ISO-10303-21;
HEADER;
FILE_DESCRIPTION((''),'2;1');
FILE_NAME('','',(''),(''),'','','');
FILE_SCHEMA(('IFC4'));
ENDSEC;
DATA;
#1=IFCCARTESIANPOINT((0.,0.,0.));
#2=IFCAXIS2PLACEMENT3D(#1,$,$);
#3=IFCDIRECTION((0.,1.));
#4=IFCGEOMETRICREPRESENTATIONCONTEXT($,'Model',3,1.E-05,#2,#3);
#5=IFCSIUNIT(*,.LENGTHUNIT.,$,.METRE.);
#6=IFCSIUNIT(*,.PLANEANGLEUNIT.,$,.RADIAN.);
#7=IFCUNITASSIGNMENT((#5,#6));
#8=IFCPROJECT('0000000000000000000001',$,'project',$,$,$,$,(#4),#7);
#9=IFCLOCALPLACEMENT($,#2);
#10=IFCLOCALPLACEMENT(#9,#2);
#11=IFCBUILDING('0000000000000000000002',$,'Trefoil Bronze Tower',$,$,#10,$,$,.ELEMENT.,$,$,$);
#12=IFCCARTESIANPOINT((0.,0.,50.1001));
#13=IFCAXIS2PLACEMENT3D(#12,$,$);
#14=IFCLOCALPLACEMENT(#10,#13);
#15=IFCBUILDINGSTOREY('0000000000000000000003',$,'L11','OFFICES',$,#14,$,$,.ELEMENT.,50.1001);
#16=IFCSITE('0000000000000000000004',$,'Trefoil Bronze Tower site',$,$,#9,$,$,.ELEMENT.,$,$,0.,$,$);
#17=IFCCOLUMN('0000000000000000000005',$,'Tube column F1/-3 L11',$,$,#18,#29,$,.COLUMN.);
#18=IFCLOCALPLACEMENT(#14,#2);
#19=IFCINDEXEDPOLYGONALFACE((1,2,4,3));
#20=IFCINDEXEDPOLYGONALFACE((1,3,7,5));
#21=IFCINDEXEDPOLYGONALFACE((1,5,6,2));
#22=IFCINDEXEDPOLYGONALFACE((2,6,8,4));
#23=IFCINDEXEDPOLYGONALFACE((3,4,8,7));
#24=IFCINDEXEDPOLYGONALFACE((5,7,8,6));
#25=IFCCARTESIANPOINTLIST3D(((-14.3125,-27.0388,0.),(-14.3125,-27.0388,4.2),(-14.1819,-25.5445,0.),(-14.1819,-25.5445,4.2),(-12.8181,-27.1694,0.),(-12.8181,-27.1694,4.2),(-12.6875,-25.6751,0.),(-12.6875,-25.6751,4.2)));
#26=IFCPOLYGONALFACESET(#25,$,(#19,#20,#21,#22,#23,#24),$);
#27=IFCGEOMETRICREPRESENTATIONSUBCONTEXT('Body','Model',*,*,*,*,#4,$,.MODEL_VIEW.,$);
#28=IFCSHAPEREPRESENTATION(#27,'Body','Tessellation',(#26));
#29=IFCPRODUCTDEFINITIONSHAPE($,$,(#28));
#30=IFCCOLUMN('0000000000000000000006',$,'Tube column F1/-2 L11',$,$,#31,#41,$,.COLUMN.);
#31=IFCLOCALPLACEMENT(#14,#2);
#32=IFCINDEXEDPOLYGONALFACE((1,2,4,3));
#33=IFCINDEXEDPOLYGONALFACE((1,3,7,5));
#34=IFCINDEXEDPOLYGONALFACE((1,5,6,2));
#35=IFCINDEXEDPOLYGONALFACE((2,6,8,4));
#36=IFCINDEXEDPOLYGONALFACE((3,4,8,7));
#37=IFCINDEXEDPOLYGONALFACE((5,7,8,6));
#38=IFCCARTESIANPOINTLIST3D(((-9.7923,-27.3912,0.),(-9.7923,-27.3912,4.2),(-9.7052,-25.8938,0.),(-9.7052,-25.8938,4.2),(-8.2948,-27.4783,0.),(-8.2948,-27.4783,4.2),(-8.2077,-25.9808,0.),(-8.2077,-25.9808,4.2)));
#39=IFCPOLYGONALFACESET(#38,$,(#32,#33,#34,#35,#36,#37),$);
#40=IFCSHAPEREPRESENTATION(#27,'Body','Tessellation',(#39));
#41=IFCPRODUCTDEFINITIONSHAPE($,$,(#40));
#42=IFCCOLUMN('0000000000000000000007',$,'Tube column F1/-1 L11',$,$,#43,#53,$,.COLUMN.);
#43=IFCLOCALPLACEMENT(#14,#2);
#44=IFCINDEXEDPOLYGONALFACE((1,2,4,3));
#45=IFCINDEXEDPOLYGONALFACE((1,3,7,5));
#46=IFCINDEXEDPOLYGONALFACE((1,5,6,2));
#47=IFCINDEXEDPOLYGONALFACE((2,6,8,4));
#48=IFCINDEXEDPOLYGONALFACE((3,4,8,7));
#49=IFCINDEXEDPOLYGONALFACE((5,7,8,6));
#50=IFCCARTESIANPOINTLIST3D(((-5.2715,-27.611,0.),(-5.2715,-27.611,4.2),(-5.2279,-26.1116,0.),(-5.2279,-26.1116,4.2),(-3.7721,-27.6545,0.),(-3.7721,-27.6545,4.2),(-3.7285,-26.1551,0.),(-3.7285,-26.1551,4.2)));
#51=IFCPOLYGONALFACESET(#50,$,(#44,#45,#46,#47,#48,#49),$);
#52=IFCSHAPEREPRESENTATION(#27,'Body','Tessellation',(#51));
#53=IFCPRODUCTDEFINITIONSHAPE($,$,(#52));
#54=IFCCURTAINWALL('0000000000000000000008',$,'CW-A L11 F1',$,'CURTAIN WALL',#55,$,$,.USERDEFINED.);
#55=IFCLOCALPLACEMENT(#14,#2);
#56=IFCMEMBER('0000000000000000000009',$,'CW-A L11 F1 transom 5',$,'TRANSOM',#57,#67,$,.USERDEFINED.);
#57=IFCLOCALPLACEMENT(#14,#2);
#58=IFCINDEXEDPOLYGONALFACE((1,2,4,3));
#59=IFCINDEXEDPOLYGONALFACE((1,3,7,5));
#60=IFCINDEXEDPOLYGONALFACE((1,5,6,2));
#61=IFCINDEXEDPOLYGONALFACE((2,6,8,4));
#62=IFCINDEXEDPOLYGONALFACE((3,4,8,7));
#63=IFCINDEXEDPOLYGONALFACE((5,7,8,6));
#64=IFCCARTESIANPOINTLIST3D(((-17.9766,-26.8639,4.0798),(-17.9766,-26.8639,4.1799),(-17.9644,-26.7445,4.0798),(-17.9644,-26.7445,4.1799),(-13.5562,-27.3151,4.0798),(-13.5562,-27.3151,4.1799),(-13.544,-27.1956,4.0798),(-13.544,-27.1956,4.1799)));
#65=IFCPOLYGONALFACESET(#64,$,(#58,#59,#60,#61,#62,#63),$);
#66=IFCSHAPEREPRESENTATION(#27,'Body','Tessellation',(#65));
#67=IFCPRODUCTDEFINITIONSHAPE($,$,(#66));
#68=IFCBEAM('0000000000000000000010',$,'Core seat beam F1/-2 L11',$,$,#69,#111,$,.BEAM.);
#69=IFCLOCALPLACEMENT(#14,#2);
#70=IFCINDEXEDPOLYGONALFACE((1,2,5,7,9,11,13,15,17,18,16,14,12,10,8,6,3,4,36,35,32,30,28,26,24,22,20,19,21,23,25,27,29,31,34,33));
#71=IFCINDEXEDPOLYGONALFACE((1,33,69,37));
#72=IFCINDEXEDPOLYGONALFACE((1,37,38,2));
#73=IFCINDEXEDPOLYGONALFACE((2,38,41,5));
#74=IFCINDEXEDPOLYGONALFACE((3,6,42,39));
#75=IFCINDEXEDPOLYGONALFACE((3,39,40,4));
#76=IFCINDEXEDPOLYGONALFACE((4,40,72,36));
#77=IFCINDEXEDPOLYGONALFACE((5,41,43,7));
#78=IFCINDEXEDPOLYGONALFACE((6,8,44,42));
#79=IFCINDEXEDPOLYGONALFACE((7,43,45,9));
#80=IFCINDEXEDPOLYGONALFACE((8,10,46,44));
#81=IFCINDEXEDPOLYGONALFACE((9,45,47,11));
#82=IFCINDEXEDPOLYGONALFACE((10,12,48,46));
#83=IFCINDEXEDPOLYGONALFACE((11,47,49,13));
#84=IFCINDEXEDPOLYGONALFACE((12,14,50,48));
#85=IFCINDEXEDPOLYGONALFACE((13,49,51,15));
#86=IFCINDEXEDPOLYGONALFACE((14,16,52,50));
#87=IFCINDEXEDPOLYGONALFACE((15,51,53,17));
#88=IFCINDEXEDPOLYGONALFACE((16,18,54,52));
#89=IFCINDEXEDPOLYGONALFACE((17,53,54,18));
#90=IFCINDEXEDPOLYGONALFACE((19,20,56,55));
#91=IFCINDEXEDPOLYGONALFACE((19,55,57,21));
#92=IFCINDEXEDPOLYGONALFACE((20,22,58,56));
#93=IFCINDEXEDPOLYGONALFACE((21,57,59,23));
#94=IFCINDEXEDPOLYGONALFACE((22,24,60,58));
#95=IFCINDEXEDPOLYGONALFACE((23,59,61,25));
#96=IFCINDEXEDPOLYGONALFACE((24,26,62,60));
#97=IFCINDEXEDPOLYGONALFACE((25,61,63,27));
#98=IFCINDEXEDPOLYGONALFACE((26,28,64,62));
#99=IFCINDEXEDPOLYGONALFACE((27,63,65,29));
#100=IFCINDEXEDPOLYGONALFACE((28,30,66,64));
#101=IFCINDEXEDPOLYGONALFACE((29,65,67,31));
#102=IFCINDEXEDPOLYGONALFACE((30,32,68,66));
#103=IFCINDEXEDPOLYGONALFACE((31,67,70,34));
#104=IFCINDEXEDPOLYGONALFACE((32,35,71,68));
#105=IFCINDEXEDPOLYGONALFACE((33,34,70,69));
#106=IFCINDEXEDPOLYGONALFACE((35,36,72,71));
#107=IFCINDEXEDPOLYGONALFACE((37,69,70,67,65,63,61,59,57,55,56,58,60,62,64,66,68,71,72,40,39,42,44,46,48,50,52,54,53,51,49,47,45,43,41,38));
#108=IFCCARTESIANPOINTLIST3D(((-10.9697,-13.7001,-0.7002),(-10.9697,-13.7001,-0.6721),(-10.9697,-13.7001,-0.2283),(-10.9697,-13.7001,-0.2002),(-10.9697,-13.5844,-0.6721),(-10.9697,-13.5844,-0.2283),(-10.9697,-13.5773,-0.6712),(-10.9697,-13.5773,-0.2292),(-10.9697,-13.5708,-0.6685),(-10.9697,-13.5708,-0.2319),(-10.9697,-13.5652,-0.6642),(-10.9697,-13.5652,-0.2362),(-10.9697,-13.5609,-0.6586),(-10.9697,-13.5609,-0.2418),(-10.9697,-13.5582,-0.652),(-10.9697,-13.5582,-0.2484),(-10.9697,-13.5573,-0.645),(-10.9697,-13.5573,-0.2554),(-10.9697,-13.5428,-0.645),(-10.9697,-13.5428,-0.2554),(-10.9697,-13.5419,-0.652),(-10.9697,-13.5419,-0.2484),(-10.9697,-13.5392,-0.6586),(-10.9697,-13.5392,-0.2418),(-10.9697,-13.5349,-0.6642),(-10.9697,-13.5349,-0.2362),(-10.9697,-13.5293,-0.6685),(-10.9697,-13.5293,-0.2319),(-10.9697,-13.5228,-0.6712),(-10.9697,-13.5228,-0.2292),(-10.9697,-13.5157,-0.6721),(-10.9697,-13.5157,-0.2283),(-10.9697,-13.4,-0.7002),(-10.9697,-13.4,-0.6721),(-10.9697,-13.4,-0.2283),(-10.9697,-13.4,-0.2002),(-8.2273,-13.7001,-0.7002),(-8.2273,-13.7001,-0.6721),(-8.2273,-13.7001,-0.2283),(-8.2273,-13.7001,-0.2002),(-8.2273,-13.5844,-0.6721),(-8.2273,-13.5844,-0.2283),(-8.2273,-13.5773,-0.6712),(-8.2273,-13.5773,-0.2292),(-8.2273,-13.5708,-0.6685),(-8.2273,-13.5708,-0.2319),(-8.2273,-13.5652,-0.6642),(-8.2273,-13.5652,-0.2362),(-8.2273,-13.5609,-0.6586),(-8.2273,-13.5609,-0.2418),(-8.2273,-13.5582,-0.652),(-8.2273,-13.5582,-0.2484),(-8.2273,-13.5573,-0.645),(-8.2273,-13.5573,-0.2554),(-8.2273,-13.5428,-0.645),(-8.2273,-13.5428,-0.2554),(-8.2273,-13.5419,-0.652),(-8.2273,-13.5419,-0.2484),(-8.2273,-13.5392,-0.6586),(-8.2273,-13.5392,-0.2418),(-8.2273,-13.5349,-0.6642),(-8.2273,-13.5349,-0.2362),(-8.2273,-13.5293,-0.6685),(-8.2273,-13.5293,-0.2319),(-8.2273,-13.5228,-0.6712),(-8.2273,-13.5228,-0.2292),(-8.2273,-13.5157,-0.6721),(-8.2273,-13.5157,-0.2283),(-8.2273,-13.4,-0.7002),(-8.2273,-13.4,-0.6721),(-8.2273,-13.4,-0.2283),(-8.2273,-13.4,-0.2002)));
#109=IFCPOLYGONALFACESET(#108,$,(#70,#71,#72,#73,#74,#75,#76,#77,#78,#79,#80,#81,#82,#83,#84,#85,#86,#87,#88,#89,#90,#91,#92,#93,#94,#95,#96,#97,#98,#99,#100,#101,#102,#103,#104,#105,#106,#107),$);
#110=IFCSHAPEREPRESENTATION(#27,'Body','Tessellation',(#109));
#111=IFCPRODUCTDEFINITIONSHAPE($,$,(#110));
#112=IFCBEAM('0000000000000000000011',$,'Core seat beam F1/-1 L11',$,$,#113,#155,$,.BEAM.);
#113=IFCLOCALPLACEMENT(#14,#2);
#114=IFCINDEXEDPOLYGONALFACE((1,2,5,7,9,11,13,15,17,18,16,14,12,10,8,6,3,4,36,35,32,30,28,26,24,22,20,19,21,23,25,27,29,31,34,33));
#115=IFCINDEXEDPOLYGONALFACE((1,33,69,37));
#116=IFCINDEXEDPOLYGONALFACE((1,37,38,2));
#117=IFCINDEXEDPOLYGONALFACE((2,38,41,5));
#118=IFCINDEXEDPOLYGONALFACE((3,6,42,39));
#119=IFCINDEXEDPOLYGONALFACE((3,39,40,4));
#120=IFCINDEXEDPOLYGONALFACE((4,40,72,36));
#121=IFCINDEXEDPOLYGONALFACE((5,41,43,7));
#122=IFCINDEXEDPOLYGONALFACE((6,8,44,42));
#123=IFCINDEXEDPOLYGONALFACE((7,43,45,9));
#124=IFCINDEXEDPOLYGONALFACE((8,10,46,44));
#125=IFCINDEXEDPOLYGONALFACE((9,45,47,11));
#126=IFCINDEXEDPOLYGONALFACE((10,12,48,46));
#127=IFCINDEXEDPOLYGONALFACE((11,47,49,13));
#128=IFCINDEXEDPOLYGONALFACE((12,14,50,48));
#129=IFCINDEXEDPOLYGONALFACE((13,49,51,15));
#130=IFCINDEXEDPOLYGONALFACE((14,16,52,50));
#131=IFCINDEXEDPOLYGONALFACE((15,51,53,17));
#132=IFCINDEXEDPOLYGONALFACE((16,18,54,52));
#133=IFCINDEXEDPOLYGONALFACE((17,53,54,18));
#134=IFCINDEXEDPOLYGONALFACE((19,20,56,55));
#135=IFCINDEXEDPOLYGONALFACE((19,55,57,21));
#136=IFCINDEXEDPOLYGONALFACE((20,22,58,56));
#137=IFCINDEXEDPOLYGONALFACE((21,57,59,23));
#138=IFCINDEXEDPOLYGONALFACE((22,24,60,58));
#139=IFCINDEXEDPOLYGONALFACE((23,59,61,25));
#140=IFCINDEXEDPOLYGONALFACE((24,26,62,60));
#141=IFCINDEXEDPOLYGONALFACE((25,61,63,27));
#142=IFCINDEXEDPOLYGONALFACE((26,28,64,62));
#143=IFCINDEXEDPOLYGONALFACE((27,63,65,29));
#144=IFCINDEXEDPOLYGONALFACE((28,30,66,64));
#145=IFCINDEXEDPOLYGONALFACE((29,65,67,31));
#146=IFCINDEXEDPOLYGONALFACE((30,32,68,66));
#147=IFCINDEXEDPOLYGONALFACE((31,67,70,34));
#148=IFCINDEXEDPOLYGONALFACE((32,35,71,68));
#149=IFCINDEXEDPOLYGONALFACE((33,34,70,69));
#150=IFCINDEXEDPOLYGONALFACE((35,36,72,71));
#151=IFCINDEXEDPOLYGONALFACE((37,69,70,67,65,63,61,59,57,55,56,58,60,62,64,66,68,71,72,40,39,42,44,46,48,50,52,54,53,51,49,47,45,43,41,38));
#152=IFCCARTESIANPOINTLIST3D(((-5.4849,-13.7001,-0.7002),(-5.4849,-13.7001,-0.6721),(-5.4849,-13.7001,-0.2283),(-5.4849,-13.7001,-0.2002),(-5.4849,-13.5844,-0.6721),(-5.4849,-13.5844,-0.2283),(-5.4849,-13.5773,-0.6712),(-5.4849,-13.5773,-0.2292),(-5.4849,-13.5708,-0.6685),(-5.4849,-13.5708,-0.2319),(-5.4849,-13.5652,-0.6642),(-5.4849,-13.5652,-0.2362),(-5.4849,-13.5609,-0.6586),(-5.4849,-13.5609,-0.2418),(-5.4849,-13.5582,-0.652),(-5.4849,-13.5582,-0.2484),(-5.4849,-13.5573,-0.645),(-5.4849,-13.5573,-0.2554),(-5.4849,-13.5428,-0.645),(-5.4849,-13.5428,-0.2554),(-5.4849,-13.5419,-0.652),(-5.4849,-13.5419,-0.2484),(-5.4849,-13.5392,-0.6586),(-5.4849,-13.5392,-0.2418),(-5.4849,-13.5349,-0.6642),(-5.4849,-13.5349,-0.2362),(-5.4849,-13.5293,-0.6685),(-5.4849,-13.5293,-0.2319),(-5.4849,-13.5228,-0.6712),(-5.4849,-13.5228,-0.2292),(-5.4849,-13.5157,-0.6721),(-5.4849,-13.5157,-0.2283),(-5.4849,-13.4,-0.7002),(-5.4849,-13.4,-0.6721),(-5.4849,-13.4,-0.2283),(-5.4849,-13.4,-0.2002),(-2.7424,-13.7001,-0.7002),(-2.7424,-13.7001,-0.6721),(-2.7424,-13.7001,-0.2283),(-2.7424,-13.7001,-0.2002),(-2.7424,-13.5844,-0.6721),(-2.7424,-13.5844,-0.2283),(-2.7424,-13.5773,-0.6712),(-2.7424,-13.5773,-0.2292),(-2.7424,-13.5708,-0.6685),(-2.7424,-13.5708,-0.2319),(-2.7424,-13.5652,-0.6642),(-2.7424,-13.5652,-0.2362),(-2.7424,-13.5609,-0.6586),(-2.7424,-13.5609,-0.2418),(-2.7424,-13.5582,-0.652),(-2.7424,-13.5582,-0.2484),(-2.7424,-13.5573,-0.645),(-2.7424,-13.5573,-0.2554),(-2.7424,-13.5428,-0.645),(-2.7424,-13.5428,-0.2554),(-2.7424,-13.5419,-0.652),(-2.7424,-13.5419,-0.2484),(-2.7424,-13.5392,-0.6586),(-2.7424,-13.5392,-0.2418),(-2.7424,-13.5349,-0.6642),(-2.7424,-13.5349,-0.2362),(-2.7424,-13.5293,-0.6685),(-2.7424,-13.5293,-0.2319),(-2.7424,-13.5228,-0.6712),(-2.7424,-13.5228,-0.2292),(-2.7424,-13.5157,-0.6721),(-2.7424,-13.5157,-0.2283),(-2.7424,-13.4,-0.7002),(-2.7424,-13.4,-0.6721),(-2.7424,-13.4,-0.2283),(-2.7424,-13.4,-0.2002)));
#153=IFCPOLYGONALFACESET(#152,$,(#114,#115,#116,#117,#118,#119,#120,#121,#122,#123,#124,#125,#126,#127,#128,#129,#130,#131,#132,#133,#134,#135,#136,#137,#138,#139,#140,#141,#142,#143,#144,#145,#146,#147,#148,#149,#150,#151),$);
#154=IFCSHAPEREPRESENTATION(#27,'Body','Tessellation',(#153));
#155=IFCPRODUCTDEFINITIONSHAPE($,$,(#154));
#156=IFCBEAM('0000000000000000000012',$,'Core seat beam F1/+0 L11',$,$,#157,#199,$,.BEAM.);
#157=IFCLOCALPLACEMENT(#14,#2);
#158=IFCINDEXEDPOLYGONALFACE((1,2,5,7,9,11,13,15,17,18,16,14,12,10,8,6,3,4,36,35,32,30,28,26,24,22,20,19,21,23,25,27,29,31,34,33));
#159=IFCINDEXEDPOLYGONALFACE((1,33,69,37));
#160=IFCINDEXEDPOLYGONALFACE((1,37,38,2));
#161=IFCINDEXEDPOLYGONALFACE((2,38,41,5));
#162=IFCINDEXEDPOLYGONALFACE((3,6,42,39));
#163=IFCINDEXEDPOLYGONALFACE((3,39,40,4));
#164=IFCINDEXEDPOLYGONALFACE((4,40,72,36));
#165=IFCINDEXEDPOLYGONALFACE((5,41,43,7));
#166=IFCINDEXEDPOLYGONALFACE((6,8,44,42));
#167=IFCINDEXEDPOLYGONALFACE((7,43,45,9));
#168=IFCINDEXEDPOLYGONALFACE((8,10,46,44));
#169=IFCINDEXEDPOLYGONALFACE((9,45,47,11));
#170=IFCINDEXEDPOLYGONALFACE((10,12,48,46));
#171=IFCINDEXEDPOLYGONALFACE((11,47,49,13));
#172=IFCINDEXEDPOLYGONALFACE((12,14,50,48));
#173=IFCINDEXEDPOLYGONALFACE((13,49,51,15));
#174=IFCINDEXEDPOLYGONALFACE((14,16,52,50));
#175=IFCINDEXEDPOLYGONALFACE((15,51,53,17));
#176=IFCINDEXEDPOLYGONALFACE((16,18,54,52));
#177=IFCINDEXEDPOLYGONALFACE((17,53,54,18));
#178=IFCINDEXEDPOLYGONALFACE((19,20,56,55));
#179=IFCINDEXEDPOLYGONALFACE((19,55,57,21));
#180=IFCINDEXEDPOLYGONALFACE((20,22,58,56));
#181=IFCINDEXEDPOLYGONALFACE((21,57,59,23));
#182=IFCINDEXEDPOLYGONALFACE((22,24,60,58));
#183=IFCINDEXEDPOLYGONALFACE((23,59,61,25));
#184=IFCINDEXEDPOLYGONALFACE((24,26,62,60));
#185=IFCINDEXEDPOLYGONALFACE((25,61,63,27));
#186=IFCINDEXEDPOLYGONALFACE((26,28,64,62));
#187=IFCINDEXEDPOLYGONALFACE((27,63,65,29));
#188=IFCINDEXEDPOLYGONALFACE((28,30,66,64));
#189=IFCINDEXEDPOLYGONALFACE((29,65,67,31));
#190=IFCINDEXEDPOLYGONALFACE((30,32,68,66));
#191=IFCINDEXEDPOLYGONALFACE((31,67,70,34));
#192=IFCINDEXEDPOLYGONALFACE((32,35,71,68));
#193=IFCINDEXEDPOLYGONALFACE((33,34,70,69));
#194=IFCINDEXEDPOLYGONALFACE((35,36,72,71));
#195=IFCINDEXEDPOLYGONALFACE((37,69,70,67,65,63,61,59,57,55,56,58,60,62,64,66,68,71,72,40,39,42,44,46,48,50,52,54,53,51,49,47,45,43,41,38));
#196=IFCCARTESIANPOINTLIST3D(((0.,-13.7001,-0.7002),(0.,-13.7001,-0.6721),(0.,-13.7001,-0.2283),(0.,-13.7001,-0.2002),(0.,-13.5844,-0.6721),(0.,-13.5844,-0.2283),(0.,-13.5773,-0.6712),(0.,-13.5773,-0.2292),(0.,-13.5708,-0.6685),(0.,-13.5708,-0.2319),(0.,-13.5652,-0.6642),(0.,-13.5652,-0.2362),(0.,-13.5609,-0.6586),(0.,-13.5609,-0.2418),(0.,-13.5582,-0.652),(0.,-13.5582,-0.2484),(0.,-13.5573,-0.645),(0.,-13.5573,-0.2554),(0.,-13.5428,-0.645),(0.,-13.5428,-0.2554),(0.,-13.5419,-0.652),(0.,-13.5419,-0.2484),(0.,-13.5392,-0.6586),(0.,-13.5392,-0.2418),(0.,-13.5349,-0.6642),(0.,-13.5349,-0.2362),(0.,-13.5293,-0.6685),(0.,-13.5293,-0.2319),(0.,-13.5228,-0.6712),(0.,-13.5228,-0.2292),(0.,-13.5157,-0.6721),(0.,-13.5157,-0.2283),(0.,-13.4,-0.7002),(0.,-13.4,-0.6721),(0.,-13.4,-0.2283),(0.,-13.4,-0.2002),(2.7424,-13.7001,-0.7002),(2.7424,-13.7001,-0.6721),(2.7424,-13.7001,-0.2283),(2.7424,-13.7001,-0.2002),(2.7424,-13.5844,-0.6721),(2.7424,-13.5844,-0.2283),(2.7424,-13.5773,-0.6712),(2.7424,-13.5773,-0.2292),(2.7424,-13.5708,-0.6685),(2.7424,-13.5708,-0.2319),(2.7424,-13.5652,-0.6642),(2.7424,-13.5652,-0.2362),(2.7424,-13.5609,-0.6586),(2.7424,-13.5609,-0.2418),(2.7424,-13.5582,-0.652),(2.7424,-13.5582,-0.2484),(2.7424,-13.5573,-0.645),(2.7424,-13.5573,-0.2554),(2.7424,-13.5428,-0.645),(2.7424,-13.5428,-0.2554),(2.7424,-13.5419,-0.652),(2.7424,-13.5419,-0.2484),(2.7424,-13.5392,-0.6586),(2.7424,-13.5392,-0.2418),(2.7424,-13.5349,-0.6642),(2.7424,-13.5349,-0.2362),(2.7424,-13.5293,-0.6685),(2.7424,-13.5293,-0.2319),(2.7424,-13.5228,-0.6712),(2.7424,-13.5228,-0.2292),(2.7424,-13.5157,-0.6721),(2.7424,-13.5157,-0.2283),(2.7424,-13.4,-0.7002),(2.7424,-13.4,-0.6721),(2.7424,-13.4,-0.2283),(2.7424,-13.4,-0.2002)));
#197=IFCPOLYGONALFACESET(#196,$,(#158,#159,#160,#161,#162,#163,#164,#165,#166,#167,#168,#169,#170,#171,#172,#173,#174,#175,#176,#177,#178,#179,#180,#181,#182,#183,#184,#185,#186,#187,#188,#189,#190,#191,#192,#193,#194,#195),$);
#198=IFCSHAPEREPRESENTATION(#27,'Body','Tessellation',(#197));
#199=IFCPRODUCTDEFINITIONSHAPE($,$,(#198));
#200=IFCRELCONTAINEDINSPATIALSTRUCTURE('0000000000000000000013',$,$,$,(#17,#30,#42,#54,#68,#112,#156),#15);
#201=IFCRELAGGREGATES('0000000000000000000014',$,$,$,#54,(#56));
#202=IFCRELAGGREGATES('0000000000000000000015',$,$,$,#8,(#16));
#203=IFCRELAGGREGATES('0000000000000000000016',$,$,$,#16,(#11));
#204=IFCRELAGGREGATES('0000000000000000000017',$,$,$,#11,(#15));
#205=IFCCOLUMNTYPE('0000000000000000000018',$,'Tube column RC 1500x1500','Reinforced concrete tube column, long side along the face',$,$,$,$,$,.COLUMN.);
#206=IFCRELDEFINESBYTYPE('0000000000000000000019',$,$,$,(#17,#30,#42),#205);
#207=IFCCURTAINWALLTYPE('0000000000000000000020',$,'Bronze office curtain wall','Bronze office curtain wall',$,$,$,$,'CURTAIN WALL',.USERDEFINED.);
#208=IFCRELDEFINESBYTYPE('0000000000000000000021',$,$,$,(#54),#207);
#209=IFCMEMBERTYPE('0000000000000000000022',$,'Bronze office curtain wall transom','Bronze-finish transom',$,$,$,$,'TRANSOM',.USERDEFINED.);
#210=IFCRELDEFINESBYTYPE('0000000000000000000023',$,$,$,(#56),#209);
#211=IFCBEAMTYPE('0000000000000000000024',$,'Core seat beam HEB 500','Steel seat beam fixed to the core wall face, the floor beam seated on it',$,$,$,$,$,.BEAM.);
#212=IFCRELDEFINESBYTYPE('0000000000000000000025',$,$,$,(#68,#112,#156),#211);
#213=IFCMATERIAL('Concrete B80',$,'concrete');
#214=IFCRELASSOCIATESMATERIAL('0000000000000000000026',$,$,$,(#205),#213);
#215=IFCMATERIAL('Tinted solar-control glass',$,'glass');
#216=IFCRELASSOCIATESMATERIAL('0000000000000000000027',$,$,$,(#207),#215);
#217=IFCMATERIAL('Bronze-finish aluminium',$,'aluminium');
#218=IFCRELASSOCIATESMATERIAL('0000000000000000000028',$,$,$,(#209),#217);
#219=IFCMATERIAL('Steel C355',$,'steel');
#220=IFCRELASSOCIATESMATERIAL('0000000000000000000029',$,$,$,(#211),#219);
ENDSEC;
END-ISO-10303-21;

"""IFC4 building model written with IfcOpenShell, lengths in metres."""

from ifc_helpers import new_model, si_unit, direction, frame, origin, origin_2d, place, context, subcontext, project, spatial, rectangle, i_section, extrude, material, material_profile, profile_set, type_object, element, aggregate, save


model = new_model("IFC4")

# Units and contexts
model_context = context("Model", 3, precision=1e-05, world=origin(), true_north=direction((0.0, 1.0)))
body_context = subcontext(model_context, "Body", "Model", "MODEL_VIEW")
ifc_project = project(units=[si_unit("LENGTHUNIT", "METRE"), si_unit("PLANEANGLEUNIT", "RADIAN")], contexts=[model_context])

# Site, building, storey
site_placement = place(None, origin())
site = spatial("IfcSite", under=ifc_project, at=site_placement, Name="Trefoil Bronze Tower site", CompositionType="ELEMENT", RefElevation=0.0)
building_placement = place(site_placement, origin())
building = spatial("IfcBuilding", under=site, at=building_placement, Name="Trefoil Bronze Tower", CompositionType="ELEMENT")
storey_placement = place(building_placement, frame((0.0, 0.0, 50.1001)))
storey = spatial("IfcBuildingStorey", under=building, at=storey_placement, Name="L11", Description="OFFICES", CompositionType="ELEMENT", Elevation=50.1001)

# Columns
ifc_material_1 = material(Name="Concrete B80", Category="concrete")
ifc_material_profile_1 = material_profile(ifc_material_1, rectangle(XDim=1.5, YDim=1.5, at=origin_2d()), Name="RC 1500x1500")
ifc_profile_set_1 = profile_set([ifc_material_profile_1], Name="Concrete B80")
column_type = type_object("IfcColumnType", Name="Tube column RC 1500x1500", Description="Reinforced concrete tube column, long side along the face", PredefinedType="COLUMN", material=ifc_profile_set_1)
for number, where, z_axis, x_axis, name in (
    (1, (-13.5, -26.3569, 0.0), (0.0, 0.0, 1.0), (0.996203, -0.087065, 0.0), "Tube column F1/-3 L11"),
    (2, (-9.0, -26.686, 0.0), (0.0, 0.0, 1.0), (0.998314, -0.058043, 0.0), "Tube column F1/-2 L11"),
    (3, (-4.5, -26.8831, 0.0), (0.0, 0.0, 1.0), (0.999579, -0.029022, 0.0), "Tube column F1/-1 L11"),
):
    element("IfcColumn", number, at=place(storey_placement, frame(where, z_axis=z_axis, x_axis=x_axis)), inside=storey, type_object=column_type, Name=name, PredefinedType="COLUMN", context=body_context, shape_type="SweptSolid", body=[
        extrude(rectangle(XDim=1.5, YDim=1.5, at=origin_2d()), origin(), (0.0, 0.0, 1.0), 4.2),
    ])

# Curtain wall, member
ifc_material_2 = material(Name="Tinted solar-control glass", Category="glass")
curtain_wall_type = type_object("IfcCurtainWallType", Name="Bronze office curtain wall", Description="Bronze office curtain wall", ElementType="CURTAIN WALL", PredefinedType="USERDEFINED", material=ifc_material_2)
curtain_wall_placement = place(storey_placement, origin())
curtain_wall = element("IfcCurtainWall", 4, at=curtain_wall_placement, inside=storey, type_object=curtain_wall_type, Name="CW-A L11 F1", ObjectType="CURTAIN WALL", PredefinedType="USERDEFINED")
ifc_material_3 = material(Name="Bronze-finish aluminium", Category="aluminium")
ifc_material_profile_2 = material_profile(ifc_material_3, rectangle(XDim=0.1201, YDim=0.1001, at=origin_2d()), Name="CW-A transom")
ifc_profile_set_2 = profile_set([ifc_material_profile_2], Name="Bronze-finish aluminium")
member_type = type_object("IfcMemberType", Name="Bronze office curtain wall transom", Description="Bronze-finish transom", ElementType="TRANSOM", PredefinedType="USERDEFINED", material=ifc_profile_set_2)
member_placement = place(storey_placement, frame((-17.9705, -26.8042, 4.1299), z_axis=(0.994832, -0.101538, 0.0), x_axis=(0.101538, 0.994832, 0.0)))
member = element("IfcMember", 5, at=member_placement, type_object=member_type, Name="CW-A L11 F1 transom 5", ObjectType="TRANSOM", PredefinedType="USERDEFINED", context=body_context, shape_type="SweptSolid", body=[
    extrude(rectangle(XDim=0.1201, YDim=0.1001, at=origin_2d()), origin(), (0.0, 0.0, 1.0), 4.4434),
])
aggregate(curtain_wall, [member])

# Beams
ifc_material_4 = material(Name="Steel C355", Category="steel")
ifc_material_profile_3 = material_profile(ifc_material_4, i_section(OverallWidth=0.3, OverallDepth=0.5, WebThickness=0.0144, FlangeThickness=0.0281, FilletRadius=0.0271, at=origin_2d()), Name="HEB 500")
ifc_profile_set_3 = profile_set([ifc_material_profile_3], Name="Steel C355")
beam_type_1 = type_object("IfcBeamType", Name="Core seat beam HEB 500", Description="Steel seat beam fixed to the core wall face, the floor beam seated on it", PredefinedType="BEAM", material=ifc_profile_set_3)
for number, where, z_axis, x_axis, name in (
    (6, (-10.9697, -13.55, -0.4502), (1.0, 0.0, 0.0), (0.0, 1.0, 0.0), "Core seat beam F1/-2 L11"),
    (7, (-5.4849, -13.55, -0.4502), (1.0, 0.0, 0.0), (0.0, 1.0, 0.0), "Core seat beam F1/-1 L11"),
    (8, (0.0, -13.55, -0.4502), (1.0, 0.0, 0.0), (0.0, 1.0, 0.0), "Core seat beam F1/+0 L11"),
):
    element("IfcBeam", number, at=place(storey_placement, frame(where, z_axis=z_axis, x_axis=x_axis)), inside=storey, type_object=beam_type_1, Name=name, PredefinedType="BEAM", context=body_context, shape_type="SweptSolid", body=[
        extrude(i_section(OverallWidth=0.3, OverallDepth=0.5, WebThickness=0.0144, FlangeThickness=0.0281, FilletRadius=0.0271, at=origin_2d()), origin(), (0.0, 0.0, 1.0), 2.7424),
    ])

save(model, "model.ifc")
